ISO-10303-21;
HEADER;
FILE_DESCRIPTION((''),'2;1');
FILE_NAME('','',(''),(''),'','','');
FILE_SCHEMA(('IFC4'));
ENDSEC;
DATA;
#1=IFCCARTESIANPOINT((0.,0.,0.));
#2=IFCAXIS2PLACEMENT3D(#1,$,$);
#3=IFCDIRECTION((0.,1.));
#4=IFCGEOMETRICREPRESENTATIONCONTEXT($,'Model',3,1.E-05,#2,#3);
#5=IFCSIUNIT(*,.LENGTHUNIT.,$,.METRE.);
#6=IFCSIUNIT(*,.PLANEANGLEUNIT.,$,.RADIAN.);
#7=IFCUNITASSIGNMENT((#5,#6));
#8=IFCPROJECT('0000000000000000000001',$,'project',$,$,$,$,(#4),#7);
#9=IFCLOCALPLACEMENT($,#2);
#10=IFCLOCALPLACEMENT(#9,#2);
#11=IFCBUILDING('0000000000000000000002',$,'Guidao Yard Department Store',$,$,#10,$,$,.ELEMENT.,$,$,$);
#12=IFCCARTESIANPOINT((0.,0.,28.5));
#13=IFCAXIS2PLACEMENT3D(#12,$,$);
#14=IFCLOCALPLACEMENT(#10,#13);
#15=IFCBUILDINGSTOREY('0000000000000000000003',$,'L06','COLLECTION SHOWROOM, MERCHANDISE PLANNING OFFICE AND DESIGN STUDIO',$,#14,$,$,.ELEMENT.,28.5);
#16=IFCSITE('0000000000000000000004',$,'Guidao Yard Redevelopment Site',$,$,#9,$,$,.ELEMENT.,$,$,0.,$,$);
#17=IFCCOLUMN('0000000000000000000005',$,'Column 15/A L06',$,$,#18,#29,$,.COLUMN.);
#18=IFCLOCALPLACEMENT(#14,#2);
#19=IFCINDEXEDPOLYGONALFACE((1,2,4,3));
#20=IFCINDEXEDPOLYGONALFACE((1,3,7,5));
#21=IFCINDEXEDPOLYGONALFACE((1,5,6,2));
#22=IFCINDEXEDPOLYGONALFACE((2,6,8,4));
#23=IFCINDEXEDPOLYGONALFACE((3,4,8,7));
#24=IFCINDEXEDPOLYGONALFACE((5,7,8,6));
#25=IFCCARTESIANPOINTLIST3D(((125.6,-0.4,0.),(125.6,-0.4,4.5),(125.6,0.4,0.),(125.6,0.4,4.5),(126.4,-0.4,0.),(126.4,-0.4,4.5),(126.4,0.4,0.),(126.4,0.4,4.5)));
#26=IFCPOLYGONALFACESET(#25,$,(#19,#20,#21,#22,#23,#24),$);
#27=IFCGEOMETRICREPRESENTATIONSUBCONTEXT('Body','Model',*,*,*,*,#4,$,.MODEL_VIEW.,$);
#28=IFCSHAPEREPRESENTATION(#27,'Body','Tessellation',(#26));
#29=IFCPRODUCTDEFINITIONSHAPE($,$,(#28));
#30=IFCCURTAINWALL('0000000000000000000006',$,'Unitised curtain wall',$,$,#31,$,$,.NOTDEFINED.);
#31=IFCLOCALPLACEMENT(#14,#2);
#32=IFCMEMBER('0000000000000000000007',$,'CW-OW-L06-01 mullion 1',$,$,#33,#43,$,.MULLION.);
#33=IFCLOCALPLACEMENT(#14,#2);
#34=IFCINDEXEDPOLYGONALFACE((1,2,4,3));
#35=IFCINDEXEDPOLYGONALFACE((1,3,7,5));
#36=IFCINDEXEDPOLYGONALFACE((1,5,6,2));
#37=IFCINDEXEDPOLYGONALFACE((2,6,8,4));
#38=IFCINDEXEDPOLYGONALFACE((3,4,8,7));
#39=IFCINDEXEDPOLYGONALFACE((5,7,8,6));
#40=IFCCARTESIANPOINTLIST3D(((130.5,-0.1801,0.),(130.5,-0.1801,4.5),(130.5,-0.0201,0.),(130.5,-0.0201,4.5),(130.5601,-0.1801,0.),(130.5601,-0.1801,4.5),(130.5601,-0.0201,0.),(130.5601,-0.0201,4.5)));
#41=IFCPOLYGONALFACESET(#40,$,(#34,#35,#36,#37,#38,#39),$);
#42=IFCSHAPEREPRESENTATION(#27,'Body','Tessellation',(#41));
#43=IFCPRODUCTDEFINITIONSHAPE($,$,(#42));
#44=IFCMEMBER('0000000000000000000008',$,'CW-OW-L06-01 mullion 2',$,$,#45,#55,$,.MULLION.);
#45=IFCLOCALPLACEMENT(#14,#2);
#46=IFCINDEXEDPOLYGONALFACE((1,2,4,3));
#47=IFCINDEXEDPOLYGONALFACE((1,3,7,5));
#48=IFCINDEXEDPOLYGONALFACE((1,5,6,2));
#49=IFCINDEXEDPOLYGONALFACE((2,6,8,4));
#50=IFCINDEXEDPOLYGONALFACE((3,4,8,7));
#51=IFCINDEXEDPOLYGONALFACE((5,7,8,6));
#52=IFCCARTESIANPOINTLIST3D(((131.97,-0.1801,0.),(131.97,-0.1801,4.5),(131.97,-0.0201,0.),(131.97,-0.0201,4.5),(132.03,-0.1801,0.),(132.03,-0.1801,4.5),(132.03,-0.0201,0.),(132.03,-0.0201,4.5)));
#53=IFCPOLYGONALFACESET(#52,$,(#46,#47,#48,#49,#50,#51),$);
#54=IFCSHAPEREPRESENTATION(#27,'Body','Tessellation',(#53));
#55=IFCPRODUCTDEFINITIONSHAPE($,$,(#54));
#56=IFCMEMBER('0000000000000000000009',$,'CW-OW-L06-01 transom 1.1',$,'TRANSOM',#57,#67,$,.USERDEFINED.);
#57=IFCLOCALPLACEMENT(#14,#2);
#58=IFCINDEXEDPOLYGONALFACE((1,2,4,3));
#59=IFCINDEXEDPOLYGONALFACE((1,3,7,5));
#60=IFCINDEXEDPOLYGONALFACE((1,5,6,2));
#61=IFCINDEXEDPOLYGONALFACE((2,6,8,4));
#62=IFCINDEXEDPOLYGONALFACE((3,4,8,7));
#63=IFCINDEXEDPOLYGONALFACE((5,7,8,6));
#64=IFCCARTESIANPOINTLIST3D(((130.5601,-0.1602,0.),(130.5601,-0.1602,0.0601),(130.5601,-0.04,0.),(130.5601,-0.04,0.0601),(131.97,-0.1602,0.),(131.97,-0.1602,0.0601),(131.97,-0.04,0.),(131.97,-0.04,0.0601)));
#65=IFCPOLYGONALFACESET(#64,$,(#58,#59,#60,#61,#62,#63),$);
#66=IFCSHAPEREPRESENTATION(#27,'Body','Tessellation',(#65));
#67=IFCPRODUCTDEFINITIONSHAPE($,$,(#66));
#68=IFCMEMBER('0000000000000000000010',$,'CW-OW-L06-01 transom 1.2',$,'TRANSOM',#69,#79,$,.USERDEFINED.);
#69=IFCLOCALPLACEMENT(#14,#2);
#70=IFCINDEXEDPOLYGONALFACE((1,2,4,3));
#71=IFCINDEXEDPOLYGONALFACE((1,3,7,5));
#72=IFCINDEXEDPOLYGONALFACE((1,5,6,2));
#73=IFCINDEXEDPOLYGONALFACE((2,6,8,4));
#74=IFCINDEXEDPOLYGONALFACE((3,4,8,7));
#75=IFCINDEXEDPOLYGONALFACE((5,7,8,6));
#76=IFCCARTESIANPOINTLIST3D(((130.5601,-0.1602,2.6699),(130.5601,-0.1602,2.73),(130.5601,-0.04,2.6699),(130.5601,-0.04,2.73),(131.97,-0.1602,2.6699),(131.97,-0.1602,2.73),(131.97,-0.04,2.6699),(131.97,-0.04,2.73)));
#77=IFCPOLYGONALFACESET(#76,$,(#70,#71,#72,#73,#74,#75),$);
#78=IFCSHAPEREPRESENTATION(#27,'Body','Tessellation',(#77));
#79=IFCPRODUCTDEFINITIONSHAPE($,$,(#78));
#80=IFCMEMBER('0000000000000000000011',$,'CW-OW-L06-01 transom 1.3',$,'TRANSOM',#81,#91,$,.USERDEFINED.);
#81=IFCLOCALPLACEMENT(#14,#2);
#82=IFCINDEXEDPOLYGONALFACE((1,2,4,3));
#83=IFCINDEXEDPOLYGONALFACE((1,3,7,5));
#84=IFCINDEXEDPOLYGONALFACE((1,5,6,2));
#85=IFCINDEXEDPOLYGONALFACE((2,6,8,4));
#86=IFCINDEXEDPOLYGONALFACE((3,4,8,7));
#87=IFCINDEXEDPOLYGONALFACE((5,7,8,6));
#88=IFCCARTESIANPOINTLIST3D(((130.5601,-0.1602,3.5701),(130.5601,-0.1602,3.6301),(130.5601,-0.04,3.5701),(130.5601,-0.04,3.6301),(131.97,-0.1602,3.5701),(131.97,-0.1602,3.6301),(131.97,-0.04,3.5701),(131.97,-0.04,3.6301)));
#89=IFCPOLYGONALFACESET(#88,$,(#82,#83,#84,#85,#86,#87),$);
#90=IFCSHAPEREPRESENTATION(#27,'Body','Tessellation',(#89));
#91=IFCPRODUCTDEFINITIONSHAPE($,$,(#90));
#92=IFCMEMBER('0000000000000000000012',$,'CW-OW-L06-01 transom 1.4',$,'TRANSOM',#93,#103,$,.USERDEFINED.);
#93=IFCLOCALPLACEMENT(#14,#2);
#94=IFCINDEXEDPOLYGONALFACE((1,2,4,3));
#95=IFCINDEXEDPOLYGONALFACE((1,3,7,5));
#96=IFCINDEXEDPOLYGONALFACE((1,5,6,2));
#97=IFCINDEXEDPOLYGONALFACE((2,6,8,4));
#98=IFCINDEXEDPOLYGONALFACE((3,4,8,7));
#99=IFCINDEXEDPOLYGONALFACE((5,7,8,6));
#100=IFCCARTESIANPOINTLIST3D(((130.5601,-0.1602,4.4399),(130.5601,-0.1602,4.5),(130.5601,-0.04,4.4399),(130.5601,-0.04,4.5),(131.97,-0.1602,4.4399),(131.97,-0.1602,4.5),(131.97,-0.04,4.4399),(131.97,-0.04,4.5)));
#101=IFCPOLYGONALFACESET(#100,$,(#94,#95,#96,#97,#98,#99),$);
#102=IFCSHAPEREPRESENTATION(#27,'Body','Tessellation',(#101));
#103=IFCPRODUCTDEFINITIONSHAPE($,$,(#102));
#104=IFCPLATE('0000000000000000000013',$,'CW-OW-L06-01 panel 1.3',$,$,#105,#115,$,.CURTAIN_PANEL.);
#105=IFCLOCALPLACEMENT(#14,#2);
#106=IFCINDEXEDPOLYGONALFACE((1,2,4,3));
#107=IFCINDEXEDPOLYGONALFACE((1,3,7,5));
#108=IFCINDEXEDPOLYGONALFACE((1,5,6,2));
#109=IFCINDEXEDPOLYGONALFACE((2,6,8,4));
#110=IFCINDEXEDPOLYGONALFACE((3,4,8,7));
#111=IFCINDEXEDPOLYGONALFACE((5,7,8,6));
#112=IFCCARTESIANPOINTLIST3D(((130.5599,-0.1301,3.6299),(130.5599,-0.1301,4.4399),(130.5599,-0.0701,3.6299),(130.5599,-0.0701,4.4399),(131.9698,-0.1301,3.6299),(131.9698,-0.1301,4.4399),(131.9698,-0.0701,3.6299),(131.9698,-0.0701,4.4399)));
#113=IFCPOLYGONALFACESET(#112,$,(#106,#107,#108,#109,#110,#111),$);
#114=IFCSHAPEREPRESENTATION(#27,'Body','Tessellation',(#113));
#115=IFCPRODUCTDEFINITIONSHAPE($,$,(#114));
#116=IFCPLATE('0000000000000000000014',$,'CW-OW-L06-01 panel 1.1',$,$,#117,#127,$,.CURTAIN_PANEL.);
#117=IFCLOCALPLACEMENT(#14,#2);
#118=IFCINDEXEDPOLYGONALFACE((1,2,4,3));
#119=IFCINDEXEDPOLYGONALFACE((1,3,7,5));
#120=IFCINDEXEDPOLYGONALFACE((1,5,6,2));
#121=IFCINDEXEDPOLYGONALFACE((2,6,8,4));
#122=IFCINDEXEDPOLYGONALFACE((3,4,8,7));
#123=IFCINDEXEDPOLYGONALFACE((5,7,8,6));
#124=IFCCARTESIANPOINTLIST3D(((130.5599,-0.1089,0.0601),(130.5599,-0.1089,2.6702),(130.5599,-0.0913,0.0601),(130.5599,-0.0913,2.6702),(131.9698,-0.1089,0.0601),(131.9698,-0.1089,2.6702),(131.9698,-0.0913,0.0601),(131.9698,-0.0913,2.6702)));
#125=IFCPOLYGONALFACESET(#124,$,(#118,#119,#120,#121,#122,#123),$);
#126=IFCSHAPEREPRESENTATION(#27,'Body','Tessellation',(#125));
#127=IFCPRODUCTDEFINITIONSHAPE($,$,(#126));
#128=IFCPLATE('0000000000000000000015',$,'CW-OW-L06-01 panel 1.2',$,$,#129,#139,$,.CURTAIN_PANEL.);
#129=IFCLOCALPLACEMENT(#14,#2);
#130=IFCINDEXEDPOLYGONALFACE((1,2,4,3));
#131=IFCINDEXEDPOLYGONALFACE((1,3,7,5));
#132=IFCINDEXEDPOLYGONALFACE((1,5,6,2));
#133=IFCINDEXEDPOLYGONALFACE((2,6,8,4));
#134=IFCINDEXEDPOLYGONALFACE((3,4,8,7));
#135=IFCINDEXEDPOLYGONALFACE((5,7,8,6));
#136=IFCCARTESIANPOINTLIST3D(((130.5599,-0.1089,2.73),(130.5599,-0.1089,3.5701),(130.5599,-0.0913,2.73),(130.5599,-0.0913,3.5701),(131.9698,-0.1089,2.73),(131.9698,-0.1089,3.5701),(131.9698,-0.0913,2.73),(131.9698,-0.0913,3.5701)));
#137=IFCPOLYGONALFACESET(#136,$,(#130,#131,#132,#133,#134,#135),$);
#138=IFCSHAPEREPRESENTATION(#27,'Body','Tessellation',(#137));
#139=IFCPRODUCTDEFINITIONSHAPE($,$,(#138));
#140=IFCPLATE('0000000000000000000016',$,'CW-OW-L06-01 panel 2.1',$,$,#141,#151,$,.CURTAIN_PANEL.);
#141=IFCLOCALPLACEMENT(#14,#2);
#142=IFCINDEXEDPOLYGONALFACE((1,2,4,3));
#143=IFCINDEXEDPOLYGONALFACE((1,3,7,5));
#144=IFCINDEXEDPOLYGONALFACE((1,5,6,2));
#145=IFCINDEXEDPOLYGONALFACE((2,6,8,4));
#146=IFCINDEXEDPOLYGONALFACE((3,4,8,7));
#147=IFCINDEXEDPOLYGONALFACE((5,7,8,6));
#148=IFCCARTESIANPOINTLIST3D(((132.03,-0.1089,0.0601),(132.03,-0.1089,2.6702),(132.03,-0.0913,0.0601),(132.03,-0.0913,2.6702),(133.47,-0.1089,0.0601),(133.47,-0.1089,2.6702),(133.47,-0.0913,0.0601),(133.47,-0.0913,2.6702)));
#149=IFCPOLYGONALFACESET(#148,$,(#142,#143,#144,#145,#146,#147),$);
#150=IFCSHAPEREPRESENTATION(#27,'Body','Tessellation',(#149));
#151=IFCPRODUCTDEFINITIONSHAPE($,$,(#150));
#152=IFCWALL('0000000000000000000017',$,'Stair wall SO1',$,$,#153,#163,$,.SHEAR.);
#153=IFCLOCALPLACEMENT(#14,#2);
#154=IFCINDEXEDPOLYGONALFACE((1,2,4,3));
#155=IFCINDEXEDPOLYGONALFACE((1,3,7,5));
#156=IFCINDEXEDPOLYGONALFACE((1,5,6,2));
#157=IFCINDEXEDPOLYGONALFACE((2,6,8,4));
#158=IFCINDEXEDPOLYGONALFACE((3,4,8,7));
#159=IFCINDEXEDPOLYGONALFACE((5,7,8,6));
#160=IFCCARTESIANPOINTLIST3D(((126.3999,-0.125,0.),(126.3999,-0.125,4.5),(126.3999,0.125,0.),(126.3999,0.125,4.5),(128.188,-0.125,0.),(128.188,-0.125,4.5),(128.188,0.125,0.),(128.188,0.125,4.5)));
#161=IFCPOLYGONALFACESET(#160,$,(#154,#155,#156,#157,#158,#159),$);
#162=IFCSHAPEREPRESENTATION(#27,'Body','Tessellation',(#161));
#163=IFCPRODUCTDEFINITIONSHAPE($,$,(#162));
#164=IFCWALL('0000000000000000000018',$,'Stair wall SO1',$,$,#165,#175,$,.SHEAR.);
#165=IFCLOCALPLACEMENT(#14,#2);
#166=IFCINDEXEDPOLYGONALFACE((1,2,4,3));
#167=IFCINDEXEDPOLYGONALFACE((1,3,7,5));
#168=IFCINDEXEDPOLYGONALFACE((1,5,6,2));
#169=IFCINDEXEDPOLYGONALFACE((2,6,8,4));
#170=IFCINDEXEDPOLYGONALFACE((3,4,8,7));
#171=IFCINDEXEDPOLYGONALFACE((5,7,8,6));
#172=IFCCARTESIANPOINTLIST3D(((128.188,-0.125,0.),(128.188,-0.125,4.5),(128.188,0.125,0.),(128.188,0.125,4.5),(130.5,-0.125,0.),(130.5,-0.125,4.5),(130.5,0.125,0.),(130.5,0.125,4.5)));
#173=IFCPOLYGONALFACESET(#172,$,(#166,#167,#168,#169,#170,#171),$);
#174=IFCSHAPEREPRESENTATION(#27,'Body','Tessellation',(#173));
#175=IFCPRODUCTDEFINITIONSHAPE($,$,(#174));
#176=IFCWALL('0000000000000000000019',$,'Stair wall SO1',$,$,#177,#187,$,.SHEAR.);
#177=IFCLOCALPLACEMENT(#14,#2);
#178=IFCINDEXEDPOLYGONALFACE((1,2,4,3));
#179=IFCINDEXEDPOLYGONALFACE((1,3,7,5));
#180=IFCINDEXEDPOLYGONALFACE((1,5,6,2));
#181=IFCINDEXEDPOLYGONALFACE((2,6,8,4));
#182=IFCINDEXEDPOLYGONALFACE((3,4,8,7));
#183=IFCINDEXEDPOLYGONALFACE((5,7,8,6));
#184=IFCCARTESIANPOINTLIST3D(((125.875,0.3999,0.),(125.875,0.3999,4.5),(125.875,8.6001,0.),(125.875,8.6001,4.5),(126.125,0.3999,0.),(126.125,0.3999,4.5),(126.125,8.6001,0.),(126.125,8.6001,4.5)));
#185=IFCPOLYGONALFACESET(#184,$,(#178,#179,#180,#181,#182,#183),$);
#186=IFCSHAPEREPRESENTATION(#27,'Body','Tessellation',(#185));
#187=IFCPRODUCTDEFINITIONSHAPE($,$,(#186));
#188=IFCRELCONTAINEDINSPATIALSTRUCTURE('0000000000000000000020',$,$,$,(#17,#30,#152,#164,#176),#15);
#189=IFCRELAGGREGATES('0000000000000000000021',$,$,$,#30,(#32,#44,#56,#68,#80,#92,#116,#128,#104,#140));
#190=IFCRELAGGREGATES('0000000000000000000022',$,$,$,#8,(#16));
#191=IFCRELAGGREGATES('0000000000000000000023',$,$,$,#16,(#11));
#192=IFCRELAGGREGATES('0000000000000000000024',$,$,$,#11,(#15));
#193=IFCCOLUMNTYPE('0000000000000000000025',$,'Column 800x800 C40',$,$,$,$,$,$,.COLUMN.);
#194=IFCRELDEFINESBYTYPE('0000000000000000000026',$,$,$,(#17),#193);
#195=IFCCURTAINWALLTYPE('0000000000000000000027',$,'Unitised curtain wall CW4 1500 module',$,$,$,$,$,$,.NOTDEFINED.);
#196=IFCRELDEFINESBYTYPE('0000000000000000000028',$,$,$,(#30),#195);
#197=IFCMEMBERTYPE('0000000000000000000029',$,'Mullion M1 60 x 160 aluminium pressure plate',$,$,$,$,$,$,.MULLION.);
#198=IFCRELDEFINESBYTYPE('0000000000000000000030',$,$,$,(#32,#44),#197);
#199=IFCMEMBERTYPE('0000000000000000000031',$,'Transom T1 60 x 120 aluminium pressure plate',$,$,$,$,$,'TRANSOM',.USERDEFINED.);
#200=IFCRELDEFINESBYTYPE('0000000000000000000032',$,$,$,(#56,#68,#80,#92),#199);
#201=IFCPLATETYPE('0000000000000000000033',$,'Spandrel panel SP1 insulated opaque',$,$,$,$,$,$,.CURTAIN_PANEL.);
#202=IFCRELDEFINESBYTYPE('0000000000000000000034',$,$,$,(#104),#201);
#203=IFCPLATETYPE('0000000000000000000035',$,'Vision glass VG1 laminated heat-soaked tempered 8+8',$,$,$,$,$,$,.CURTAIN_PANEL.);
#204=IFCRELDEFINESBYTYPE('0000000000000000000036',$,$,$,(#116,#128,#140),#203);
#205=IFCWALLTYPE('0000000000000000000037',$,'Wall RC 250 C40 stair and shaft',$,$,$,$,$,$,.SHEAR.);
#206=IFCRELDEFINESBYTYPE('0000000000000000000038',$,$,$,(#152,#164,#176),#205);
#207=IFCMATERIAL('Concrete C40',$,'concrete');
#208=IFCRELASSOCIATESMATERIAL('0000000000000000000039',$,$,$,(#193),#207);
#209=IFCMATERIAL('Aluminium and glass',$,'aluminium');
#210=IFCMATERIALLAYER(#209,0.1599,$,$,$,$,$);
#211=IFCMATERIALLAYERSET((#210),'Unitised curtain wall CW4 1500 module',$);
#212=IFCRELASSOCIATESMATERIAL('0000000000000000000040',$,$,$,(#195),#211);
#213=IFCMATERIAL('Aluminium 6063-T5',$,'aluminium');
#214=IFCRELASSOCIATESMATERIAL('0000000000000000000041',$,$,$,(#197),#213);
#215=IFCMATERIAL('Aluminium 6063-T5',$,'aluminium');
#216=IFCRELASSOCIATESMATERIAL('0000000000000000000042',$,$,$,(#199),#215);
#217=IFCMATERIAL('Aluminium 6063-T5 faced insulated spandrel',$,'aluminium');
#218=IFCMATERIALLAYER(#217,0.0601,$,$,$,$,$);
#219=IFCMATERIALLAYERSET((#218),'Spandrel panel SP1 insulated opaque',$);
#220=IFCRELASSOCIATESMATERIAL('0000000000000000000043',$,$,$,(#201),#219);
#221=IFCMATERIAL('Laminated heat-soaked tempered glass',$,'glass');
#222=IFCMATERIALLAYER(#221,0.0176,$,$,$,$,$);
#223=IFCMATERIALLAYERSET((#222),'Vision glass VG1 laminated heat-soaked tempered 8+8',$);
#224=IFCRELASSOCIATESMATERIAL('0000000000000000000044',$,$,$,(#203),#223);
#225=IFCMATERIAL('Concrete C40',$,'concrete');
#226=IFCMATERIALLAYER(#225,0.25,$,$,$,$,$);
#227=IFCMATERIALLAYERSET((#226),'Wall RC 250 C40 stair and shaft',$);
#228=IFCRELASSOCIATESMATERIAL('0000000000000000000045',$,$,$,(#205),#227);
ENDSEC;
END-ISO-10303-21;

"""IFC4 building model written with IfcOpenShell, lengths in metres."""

from ifc_helpers import new_model, si_unit, direction, frame, frame_2d, origin, origin_2d, place, context, subcontext, project, spatial, rectangle, extrude, material, layer, layer_set, material_profile, profile_set, type_object, element, aggregate, save


model = new_model("IFC4")

# Units and contexts
model_context = context("Model", 3, precision=1e-05, world=origin(), true_north=direction((0.0, 1.0)))
body_context = subcontext(model_context, "Body", "Model", "MODEL_VIEW")
ifc_project = project(units=[si_unit("LENGTHUNIT", "METRE"), si_unit("PLANEANGLEUNIT", "RADIAN")], contexts=[model_context])

# Site, building, storey
site_placement = place(None, origin())
site = spatial("IfcSite", under=ifc_project, at=site_placement, Name="Guidao Yard Redevelopment Site", CompositionType="ELEMENT", RefElevation=0.0)
building_placement = place(site_placement, origin())
building = spatial("IfcBuilding", under=site, at=building_placement, Name="Guidao Yard Department Store", CompositionType="ELEMENT")
storey_placement = place(building_placement, frame((0.0, 0.0, 28.5)))
storey = spatial("IfcBuildingStorey", under=building, at=storey_placement, Name="L06", Description="COLLECTION SHOWROOM, MERCHANDISE PLANNING OFFICE AND DESIGN STUDIO", CompositionType="ELEMENT", Elevation=28.5)

# Column
ifc_material_1 = material(Name="Concrete C40", Category="concrete")
ifc_material_profile_1 = material_profile(ifc_material_1, rectangle(XDim=0.8, YDim=0.8, at=origin_2d()), Name="COL 800x800")
ifc_profile_set_1 = profile_set([ifc_material_profile_1], Name="Concrete C40")
column_type = type_object("IfcColumnType", Name="Column 800x800 C40", PredefinedType="COLUMN", material=ifc_profile_set_1)
column_placement = place(storey_placement, frame((126.0, 0.0, 0.0), z_axis=(0.0, 0.0, 1.0), x_axis=(1.0, 0.0, 0.0)))
element("IfcColumn", 1, at=column_placement, inside=storey, type_object=column_type, Name="Column 15/A L06", PredefinedType="COLUMN", context=body_context, shape_type="SweptSolid", body=[
    extrude(rectangle(XDim=0.8, YDim=0.8, at=origin_2d()), origin(), (0.0, 0.0, 1.0), 4.5),
])

# Curtain wall, members, plates
ifc_material_2 = material(Name="Aluminium and glass", Category="aluminium")
ifc_layer_1 = layer(ifc_material_2, 0.1599)
ifc_layer_set_1 = layer_set([ifc_layer_1], Name="Unitised curtain wall CW4 1500 module")
curtain_wall_type = type_object("IfcCurtainWallType", Name="Unitised curtain wall CW4 1500 module", PredefinedType="NOTDEFINED", material=ifc_layer_set_1)
curtain_wall_placement = place(storey_placement, origin())
curtain_wall = element("IfcCurtainWall", 2, at=curtain_wall_placement, inside=storey, type_object=curtain_wall_type, Name="Unitised curtain wall", PredefinedType="NOTDEFINED")
ifc_material_3 = material(Name="Aluminium 6063-T5", Category="aluminium")
ifc_material_profile_2 = material_profile(ifc_material_3, rectangle(XDim=0.0601, YDim=0.1599, at=origin_2d()), Name="Mullion M1 60 x 160 aluminium pressure plate")
ifc_profile_set_2 = profile_set([ifc_material_profile_2], Name="Aluminium 6063-T5")
member_type_1 = type_object("IfcMemberType", Name="Mullion M1 60 x 160 aluminium pressure plate", PredefinedType="MULLION", material=ifc_profile_set_2)
member_1_placement = place(storey_placement, frame((130.53, -0.1001, 0.0), z_axis=(0.0, 0.0, 1.0), x_axis=(-1.0, 0.0, 0.0)))
member_1 = element("IfcMember", 3, at=member_1_placement, type_object=member_type_1, Name="CW-OW-L06-01 mullion 1", PredefinedType="MULLION", context=body_context, shape_type="SweptSolid", body=[
    extrude(rectangle(XDim=0.0601, YDim=0.1599, at=origin_2d()), origin(), (0.0, 0.0, 1.0), 4.5),
])
member_2_placement = place(storey_placement, frame((132.0, -0.1001, 0.0), z_axis=(0.0, 0.0, 1.0), x_axis=(-1.0, 0.0, 0.0)))
member_2 = element("IfcMember", 4, at=member_2_placement, type_object=member_type_1, Name="CW-OW-L06-01 mullion 2", PredefinedType="MULLION", context=body_context, shape_type="SweptSolid", body=[
    extrude(rectangle(XDim=0.0601, YDim=0.1599, at=origin_2d()), origin(), (0.0, 0.0, 1.0), 4.5),
])
ifc_material_4 = material(Name="Aluminium 6063-T5", Category="aluminium")
ifc_material_profile_3 = material_profile(ifc_material_4, rectangle(XDim=0.1201, YDim=0.0601, at=origin_2d()), Name="Transom T1 60 x 120 aluminium pressure plate")
ifc_profile_set_3 = profile_set([ifc_material_profile_3], Name="Aluminium 6063-T5")
member_type_2 = type_object("IfcMemberType", Name="Transom T1 60 x 120 aluminium pressure plate", ElementType="TRANSOM", PredefinedType="USERDEFINED", material=ifc_profile_set_3)
member_3_placement = place(storey_placement, frame((131.97, -0.1001, 0.03), z_axis=(-1.0, 0.0, 0.0), x_axis=(0.0, -1.0, 0.0)))
member_3 = element("IfcMember", 5, at=member_3_placement, type_object=member_type_2, Name="CW-OW-L06-01 transom 1.1", ObjectType="TRANSOM", PredefinedType="USERDEFINED", context=body_context, shape_type="SweptSolid", body=[
    extrude(rectangle(XDim=0.1201, YDim=0.0601, at=origin_2d()), origin(), (0.0, 0.0, 1.0), 1.4099),
])
member_4_placement = place(storey_placement, frame((131.97, -0.1001, 2.7), z_axis=(-1.0, 0.0, 0.0), x_axis=(0.0, -1.0, 0.0)))
member_4 = element("IfcMember", 6, at=member_4_placement, type_object=member_type_2, Name="CW-OW-L06-01 transom 1.2", ObjectType="TRANSOM", PredefinedType="USERDEFINED", context=body_context, shape_type="SweptSolid", body=[
    extrude(rectangle(XDim=0.1201, YDim=0.0601, at=origin_2d()), origin(), (0.0, 0.0, 1.0), 1.4099),
])
member_5_placement = place(storey_placement, frame((131.97, -0.1001, 3.6001), z_axis=(-1.0, 0.0, 0.0), x_axis=(0.0, -1.0, 0.0)))
member_5 = element("IfcMember", 7, at=member_5_placement, type_object=member_type_2, Name="CW-OW-L06-01 transom 1.3", ObjectType="TRANSOM", PredefinedType="USERDEFINED", context=body_context, shape_type="SweptSolid", body=[
    extrude(rectangle(XDim=0.1201, YDim=0.0601, at=origin_2d()), origin(), (0.0, 0.0, 1.0), 1.4099),
])
member_6_placement = place(storey_placement, frame((131.97, -0.1001, 4.47), z_axis=(-1.0, 0.0, 0.0), x_axis=(0.0, -1.0, 0.0)))
member_6 = element("IfcMember", 8, at=member_6_placement, type_object=member_type_2, Name="CW-OW-L06-01 transom 1.4", ObjectType="TRANSOM", PredefinedType="USERDEFINED", context=body_context, shape_type="SweptSolid", body=[
    extrude(rectangle(XDim=0.1201, YDim=0.0601, at=origin_2d()), origin(), (0.0, 0.0, 1.0), 1.4099),
])
ifc_material_5 = material(Name="Aluminium 6063-T5 faced insulated spandrel", Category="aluminium")
ifc_layer_2 = layer(ifc_material_5, 0.0601)
ifc_layer_set_2 = layer_set([ifc_layer_2], Name="Spandrel panel SP1 insulated opaque")
plate_type_1 = type_object("IfcPlateType", Name="Spandrel panel SP1 insulated opaque", PredefinedType="CURTAIN_PANEL", material=ifc_layer_set_2)
plate_1_placement = place(storey_placement, frame((131.2649, -0.1001, 3.6299), z_axis=(0.0, 0.0, 1.0), x_axis=(-1.0, 0.0, 0.0)))
plate_1 = element("IfcPlate", 9, at=plate_1_placement, type_object=plate_type_1, Name="CW-OW-L06-01 panel 1.3", PredefinedType="CURTAIN_PANEL", context=body_context, shape_type="SweptSolid", body=[
    extrude(rectangle(XDim=1.4099, YDim=0.0601, at=origin_2d()), origin(), (0.0, 0.0, 1.0), 0.8101),
])
ifc_material_6 = material(Name="Laminated heat-soaked tempered glass", Category="glass")
ifc_layer_3 = layer(ifc_material_6, 0.0176)
ifc_layer_set_3 = layer_set([ifc_layer_3], Name="Vision glass VG1 laminated heat-soaked tempered 8+8")
plate_type_2 = type_object("IfcPlateType", Name="Vision glass VG1 laminated heat-soaked tempered 8+8", PredefinedType="CURTAIN_PANEL", material=ifc_layer_set_3)
plate_2_placement = place(storey_placement, frame((131.2649, -0.1001, 0.0601), z_axis=(0.0, 0.0, 1.0), x_axis=(-1.0, 0.0, 0.0)))
plate_2 = element("IfcPlate", 10, at=plate_2_placement, type_object=plate_type_2, Name="CW-OW-L06-01 panel 1.1", PredefinedType="CURTAIN_PANEL", context=body_context, shape_type="SweptSolid", body=[
    extrude(rectangle(XDim=1.4099, YDim=0.0176, at=origin_2d()), origin(), (0.0, 0.0, 1.0), 2.6101),
])
plate_3_placement = place(storey_placement, frame((131.2649, -0.1001, 2.73), z_axis=(0.0, 0.0, 1.0), x_axis=(-1.0, 0.0, 0.0)))
plate_3 = element("IfcPlate", 11, at=plate_3_placement, type_object=plate_type_2, Name="CW-OW-L06-01 panel 1.2", PredefinedType="CURTAIN_PANEL", context=body_context, shape_type="SweptSolid", body=[
    extrude(rectangle(XDim=1.4099, YDim=0.0176, at=origin_2d()), origin(), (0.0, 0.0, 1.0), 0.8401),
])
plate_4_placement = place(storey_placement, frame((132.75, -0.1001, 0.0601), z_axis=(0.0, 0.0, 1.0), x_axis=(-1.0, 0.0, 0.0)))
plate_4 = element("IfcPlate", 12, at=plate_4_placement, type_object=plate_type_2, Name="CW-OW-L06-01 panel 2.1", PredefinedType="CURTAIN_PANEL", context=body_context, shape_type="SweptSolid", body=[
    extrude(rectangle(XDim=1.4399, YDim=0.0176, at=origin_2d()), origin(), (0.0, 0.0, 1.0), 2.6101),
])
aggregate(curtain_wall, [member_1, member_2, member_3, member_4, member_5, member_6, plate_2, plate_3, plate_1, plate_4])

# Walls
ifc_material_7 = material(Name="Concrete C40", Category="concrete")
ifc_layer_4 = layer(ifc_material_7, 0.25)
ifc_layer_set_4 = layer_set([ifc_layer_4], Name="Wall RC 250 C40 stair and shaft")
wall_type = type_object("IfcWallType", Name="Wall RC 250 C40 stair and shaft", PredefinedType="SHEAR", material=ifc_layer_set_4)
wall_1_placement = place(storey_placement, frame((126.3999, 0.0, 0.0), z_axis=(0.0, 0.0, 1.0), x_axis=(1.0, 0.0, 0.0)))
element("IfcWall", 13, at=wall_1_placement, inside=storey, type_object=wall_type, Name="Stair wall SO1", PredefinedType="SHEAR", context=body_context, shape_type="SweptSolid", body=[
    extrude(rectangle(XDim=1.7881, YDim=0.25, at=frame_2d((0.894, 0.0))), origin(), (0.0, 0.0, 1.0), 4.5),
])
wall_2_placement = place(storey_placement, frame((128.188, 0.0, 0.0), z_axis=(0.0, 0.0, 1.0), x_axis=(1.0, 0.0, 0.0)))
element("IfcWall", 14, at=wall_2_placement, inside=storey, type_object=wall_type, Name="Stair wall SO1", PredefinedType="SHEAR", context=body_context, shape_type="SweptSolid", body=[
    extrude(rectangle(XDim=2.312, YDim=0.25, at=frame_2d((1.156, 0.0))), origin(), (0.0, 0.0, 1.0), 4.5),
])
wall_3_placement = place(storey_placement, frame((126.0, 0.3999, 0.0), z_axis=(0.0, 0.0, 1.0), x_axis=(0.0, 1.0, 0.0)))
element("IfcWall", 15, at=wall_3_placement, inside=storey, type_object=wall_type, Name="Stair wall SO1", PredefinedType="SHEAR", context=body_context, shape_type="SweptSolid", body=[
    extrude(rectangle(XDim=8.2002, YDim=0.25, at=frame_2d((4.1001, 0.0))), origin(), (0.0, 0.0, 1.0), 4.5),
])

save(model, "model.ifc")
